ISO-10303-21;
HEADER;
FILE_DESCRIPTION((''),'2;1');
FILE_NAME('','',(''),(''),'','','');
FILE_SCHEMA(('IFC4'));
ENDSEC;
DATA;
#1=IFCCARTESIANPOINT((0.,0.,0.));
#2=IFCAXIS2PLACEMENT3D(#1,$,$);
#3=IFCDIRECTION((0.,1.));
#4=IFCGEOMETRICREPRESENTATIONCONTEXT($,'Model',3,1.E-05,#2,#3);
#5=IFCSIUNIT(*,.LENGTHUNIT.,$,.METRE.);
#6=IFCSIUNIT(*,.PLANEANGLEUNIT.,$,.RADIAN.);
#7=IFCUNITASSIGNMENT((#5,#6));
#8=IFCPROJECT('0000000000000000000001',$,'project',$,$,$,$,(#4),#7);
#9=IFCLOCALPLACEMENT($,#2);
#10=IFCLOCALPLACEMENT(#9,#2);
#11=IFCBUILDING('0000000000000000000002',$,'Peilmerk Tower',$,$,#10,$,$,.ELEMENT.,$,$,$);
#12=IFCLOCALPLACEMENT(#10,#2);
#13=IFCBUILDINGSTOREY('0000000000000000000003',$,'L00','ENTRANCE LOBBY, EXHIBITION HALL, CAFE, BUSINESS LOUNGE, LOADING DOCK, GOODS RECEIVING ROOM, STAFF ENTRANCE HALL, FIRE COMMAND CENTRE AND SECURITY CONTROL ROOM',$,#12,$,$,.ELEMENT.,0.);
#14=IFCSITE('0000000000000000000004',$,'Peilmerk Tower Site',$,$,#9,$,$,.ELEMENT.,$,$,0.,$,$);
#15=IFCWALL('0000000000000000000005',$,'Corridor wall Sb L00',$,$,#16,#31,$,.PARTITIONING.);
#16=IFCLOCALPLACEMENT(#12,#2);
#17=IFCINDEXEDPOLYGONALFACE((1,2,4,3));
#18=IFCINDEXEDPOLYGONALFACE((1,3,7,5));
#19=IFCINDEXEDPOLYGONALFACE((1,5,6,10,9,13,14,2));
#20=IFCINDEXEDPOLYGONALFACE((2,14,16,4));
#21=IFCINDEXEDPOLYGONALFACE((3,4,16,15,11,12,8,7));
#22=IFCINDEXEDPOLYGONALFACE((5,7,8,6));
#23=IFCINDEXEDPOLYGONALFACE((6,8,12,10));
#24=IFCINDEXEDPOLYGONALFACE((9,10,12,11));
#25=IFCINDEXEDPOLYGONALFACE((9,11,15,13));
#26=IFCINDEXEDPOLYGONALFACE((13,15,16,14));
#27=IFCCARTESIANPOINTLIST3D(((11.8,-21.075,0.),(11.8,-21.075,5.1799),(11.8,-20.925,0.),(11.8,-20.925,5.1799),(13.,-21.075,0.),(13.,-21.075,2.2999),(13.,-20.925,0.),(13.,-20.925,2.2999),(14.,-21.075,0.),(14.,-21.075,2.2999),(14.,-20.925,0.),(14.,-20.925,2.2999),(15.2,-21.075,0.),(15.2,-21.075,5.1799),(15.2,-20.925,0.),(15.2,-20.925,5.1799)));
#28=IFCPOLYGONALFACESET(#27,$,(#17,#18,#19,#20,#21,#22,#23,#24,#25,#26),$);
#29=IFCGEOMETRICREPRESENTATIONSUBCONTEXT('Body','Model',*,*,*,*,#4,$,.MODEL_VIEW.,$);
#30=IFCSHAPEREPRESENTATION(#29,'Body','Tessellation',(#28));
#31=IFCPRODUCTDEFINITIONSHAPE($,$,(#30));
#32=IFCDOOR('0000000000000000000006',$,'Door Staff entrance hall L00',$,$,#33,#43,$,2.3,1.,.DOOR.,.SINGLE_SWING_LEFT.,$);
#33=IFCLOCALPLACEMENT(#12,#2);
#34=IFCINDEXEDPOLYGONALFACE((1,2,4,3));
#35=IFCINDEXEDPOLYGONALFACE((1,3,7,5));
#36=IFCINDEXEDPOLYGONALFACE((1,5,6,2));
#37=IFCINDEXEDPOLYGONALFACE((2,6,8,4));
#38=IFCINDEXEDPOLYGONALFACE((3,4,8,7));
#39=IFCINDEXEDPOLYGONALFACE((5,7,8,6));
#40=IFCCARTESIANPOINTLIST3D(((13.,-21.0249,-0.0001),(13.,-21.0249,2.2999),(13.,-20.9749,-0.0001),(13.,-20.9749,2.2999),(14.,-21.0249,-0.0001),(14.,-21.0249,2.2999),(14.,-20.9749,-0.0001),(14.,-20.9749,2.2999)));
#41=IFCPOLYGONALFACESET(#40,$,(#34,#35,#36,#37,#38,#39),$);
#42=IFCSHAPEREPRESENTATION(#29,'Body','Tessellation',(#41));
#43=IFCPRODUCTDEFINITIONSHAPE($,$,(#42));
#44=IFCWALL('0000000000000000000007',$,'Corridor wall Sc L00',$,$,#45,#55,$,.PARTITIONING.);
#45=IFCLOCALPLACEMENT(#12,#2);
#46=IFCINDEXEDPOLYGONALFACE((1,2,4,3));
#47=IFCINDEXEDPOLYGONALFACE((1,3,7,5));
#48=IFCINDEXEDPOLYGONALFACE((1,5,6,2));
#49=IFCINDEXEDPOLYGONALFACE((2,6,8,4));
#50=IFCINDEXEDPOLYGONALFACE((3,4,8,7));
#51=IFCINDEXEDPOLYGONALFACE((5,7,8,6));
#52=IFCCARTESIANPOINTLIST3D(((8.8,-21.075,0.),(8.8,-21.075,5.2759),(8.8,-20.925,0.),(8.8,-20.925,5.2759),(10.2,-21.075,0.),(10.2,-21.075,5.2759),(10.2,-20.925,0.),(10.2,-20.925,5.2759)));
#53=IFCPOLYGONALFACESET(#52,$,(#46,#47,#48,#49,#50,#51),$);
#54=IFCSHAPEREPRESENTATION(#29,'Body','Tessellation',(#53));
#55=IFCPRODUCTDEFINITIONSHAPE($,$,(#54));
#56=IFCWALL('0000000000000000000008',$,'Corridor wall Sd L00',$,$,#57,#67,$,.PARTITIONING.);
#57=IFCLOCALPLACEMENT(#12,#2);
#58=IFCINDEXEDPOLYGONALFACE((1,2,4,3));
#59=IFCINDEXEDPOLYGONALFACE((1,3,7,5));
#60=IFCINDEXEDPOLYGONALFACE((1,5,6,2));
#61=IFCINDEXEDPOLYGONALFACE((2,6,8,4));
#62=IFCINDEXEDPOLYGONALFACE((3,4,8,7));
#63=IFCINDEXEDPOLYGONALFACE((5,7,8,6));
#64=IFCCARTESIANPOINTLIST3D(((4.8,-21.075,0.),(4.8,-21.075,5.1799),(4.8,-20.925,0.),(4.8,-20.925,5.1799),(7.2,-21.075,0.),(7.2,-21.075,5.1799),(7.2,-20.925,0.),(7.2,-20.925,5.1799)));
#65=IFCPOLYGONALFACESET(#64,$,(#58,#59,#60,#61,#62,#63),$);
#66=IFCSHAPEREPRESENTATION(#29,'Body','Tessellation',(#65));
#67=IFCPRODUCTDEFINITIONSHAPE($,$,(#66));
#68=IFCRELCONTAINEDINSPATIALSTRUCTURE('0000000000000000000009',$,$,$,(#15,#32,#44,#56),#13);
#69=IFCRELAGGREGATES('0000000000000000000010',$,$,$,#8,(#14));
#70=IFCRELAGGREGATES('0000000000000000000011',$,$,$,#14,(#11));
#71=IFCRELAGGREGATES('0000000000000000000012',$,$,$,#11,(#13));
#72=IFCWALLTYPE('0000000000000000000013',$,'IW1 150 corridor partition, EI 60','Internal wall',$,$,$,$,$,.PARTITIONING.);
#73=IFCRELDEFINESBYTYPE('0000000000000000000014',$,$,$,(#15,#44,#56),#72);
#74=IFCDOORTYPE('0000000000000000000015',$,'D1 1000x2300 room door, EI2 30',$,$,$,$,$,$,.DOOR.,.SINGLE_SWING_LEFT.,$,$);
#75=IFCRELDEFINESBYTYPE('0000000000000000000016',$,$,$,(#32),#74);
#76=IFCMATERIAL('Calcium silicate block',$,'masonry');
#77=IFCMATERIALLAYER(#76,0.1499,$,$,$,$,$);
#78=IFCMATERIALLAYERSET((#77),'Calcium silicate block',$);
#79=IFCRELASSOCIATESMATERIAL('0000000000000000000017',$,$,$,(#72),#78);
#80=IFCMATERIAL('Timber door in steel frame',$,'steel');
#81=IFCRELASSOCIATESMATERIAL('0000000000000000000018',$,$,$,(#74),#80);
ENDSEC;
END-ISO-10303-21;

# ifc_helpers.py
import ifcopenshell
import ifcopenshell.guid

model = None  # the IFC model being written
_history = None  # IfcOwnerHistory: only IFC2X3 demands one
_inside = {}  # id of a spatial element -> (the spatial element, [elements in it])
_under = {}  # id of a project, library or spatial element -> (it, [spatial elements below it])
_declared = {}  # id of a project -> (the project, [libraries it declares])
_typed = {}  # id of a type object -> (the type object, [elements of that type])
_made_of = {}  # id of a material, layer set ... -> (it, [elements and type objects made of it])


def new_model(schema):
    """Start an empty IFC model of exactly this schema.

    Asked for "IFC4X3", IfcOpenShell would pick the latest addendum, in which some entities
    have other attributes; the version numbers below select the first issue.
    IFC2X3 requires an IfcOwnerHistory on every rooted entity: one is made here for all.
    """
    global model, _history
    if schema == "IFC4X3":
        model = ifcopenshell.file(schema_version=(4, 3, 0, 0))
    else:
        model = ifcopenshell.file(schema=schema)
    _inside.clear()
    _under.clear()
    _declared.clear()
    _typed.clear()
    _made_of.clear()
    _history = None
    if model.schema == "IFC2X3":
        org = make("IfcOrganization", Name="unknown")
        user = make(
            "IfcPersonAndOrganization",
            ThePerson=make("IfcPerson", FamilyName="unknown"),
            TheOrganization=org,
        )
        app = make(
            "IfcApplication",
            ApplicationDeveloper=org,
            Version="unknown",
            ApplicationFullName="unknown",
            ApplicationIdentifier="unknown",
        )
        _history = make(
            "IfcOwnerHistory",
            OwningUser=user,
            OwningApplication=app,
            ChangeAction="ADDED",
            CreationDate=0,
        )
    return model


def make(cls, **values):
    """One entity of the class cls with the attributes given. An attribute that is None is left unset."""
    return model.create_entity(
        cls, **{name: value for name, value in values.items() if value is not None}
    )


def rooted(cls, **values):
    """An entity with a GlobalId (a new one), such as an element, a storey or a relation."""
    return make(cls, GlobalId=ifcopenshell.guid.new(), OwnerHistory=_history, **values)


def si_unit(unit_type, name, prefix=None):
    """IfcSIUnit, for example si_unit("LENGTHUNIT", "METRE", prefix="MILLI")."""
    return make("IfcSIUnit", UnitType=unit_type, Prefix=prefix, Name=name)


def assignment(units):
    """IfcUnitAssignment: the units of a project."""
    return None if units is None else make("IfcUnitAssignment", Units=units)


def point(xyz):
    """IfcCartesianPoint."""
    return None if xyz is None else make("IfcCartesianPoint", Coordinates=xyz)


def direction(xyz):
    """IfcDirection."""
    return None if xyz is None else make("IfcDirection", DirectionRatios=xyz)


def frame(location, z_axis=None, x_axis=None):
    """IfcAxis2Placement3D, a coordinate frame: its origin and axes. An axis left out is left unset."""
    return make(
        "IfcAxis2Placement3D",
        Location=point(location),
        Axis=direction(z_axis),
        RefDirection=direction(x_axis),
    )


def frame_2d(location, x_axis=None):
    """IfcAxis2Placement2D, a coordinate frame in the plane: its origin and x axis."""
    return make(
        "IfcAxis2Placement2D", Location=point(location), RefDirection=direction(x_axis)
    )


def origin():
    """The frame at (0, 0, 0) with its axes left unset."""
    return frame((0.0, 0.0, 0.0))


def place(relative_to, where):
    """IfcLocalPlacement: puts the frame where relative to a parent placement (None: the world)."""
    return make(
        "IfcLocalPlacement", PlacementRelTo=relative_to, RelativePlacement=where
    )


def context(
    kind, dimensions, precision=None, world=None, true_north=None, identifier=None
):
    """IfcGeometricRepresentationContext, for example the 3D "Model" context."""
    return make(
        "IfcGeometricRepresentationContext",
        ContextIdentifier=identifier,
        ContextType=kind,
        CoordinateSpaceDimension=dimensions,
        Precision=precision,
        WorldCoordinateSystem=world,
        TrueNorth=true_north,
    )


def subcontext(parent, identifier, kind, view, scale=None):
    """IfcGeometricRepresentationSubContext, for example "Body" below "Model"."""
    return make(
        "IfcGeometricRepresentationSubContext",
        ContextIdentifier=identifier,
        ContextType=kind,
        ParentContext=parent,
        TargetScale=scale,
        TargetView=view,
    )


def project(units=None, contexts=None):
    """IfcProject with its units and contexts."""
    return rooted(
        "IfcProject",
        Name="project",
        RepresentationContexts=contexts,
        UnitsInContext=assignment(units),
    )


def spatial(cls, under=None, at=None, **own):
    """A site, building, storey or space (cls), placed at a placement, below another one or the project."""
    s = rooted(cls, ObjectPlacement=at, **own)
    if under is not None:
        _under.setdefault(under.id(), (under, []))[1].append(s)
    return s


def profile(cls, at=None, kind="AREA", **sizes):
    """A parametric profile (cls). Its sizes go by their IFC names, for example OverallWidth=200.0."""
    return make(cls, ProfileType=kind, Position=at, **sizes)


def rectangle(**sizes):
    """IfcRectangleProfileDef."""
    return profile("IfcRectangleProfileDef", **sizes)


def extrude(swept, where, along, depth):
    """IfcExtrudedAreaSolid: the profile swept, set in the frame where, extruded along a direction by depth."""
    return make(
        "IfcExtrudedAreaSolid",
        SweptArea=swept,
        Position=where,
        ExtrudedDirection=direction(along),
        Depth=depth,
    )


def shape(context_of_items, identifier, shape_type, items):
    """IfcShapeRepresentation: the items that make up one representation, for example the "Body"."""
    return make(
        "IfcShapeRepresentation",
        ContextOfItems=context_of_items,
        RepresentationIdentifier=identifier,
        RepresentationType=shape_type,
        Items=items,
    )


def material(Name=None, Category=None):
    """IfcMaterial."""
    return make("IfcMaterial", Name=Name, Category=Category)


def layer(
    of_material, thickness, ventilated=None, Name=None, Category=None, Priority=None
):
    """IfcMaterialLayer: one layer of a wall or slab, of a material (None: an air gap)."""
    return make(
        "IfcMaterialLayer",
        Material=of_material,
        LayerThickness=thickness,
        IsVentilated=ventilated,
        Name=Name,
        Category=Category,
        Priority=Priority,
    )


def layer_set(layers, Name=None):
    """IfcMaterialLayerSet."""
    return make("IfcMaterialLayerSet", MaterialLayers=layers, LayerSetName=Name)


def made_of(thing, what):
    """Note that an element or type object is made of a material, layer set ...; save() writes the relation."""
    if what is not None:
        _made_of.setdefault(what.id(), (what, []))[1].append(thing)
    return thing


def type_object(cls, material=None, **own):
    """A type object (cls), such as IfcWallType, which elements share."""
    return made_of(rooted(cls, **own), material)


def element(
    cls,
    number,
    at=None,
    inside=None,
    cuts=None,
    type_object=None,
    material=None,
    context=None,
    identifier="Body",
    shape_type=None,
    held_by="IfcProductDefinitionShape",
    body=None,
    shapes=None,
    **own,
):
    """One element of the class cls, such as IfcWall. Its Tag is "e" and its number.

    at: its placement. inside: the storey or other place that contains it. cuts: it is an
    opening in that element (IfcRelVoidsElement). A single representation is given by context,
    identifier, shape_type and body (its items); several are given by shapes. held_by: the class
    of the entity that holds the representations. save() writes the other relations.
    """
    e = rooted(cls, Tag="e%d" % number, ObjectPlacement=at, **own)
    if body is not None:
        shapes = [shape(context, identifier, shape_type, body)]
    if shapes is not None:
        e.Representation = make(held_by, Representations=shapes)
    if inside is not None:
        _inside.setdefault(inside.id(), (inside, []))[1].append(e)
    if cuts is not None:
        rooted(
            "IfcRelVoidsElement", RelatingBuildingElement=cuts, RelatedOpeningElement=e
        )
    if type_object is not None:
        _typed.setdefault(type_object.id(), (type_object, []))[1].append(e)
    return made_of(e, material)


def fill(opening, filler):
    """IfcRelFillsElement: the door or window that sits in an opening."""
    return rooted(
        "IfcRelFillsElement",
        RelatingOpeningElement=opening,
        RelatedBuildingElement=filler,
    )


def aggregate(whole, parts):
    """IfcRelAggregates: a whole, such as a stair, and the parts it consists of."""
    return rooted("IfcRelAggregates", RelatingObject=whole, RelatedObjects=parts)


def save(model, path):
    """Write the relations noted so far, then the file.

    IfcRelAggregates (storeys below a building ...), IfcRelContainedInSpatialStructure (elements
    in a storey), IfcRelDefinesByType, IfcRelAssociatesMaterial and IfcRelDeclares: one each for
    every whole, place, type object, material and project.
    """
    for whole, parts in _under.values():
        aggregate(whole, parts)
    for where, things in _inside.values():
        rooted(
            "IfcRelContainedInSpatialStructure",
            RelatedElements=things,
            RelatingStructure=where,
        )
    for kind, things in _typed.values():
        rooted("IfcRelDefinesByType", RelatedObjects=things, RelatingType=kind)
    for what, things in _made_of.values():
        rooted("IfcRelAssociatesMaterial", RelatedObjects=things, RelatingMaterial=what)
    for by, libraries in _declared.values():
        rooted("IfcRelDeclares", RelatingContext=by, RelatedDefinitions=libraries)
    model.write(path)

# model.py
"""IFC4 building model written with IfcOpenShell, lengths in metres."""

from ifc_helpers import new_model, si_unit, direction, frame, frame_2d, origin, place, context, subcontext, project, spatial, rectangle, extrude, material, layer, layer_set, type_object, element, fill, save


model = new_model("IFC4")

# Units and contexts
model_context = context("Model", 3, precision=1e-05, world=origin(), true_north=direction((0.0, 1.0)))
body_context = subcontext(model_context, "Body", "Model", "MODEL_VIEW")
ifc_project = project(units=[si_unit("LENGTHUNIT", "METRE"), si_unit("PLANEANGLEUNIT", "RADIAN")], contexts=[model_context])

# Site, building, storey
site_placement = place(None, origin())
site = spatial("IfcSite", under=ifc_project, at=site_placement, Name="Peilmerk Tower Site", CompositionType="ELEMENT", RefElevation=0.0)
building_placement = place(site_placement, origin())
building = spatial("IfcBuilding", under=site, at=building_placement, Name="Peilmerk Tower", CompositionType="ELEMENT")
storey_placement = place(building_placement, origin())
storey = spatial("IfcBuildingStorey", under=building, at=storey_placement, Name="L00", Description="ENTRANCE LOBBY, EXHIBITION HALL, CAFE, BUSINESS LOUNGE, LOADING DOCK, GOODS RECEIVING ROOM, STAFF ENTRANCE HALL, FIRE COMMAND CENTRE AND SECURITY CONTROL ROOM", CompositionType="ELEMENT", Elevation=0.0)

# Shared definitions
ifc_material_1 = material(Name="Calcium silicate block", Category="masonry")
ifc_layer = layer(ifc_material_1, 0.1499)
ifc_layer_set = layer_set([ifc_layer], Name="Calcium silicate block")
wall_type = type_object("IfcWallType", Name="IW1 150 corridor partition, EI 60", Description="Internal wall", PredefinedType="PARTITIONING", material=ifc_layer_set)

# Wall, opening, door
wall_1_placement = place(storey_placement, frame((15.2, -21.0, 0.0), z_axis=(0.0, 0.0, 1.0), x_axis=(-1.0, 0.0, 0.0)))
wall_1 = element("IfcWall", 1, at=wall_1_placement, inside=storey, type_object=wall_type, Name="Corridor wall Sb L00", PredefinedType="PARTITIONING", context=body_context, shape_type="SweptSolid", body=[
    extrude(rectangle(XDim=3.3999, YDim=0.1499, at=frame_2d((1.7, 0.0))), origin(), (0.0, 0.0, 1.0), 5.1799),
])
opening_placement = place(wall_1_placement, frame((1.2, 0.0, 0.0)))
opening = element("IfcOpeningElement", 2, at=opening_placement, cuts=wall_1, PredefinedType="OPENING", context=body_context, shape_type="SweptSolid", body=[
    extrude(rectangle(XDim=1.0, YDim=2.3, at=frame_2d((0.5, 1.1499))), frame((0.0, 0.085, 0.0), z_axis=(0.0, -1.0, 0.0), x_axis=(1.0, 0.0, 0.0)), (0.0, 0.0, 1.0), 0.1699),
])
ifc_material_2 = material(Name="Timber door in steel frame", Category="steel")
door_type = type_object("IfcDoorType", Name="D1 1000x2300 room door, EI2 30", OperationType="SINGLE_SWING_LEFT", PredefinedType="DOOR", material=ifc_material_2)
door_placement = place(opening_placement, origin())
door = element("IfcDoor", 3, at=door_placement, inside=storey, type_object=door_type, Name="Door Staff entrance hall L00", OperationType="SINGLE_SWING_LEFT", OverallHeight=2.3, OverallWidth=1.0, PredefinedType="DOOR", context=body_context, shape_type="SweptSolid", body=[
    extrude(rectangle(XDim=1.0, YDim=2.3, at=frame_2d((0.5, 1.1499))), frame((0.0, 0.0249, 0.0), z_axis=(0.0, -1.0, 0.0), x_axis=(1.0, 0.0, 0.0)), (0.0, 0.0, 1.0), 0.05),
])
fill(opening, door)

# Walls
wall_2_placement = place(storey_placement, frame((10.2, -21.0, 0.0), z_axis=(0.0, 0.0, 1.0), x_axis=(-1.0, 0.0, 0.0)))
element("IfcWall", 4, at=wall_2_placement, inside=storey, type_object=wall_type, Name="Corridor wall Sc L00", PredefinedType="PARTITIONING", context=body_context, shape_type="SweptSolid", body=[
    extrude(rectangle(XDim=1.3999, YDim=0.1499, at=frame_2d((0.7, 0.0))), origin(), (0.0, 0.0, 1.0), 5.2759),
])
wall_3_placement = place(storey_placement, frame((7.2, -21.0, 0.0), z_axis=(0.0, 0.0, 1.0), x_axis=(-1.0, 0.0, 0.0)))
element("IfcWall", 5, at=wall_3_placement, inside=storey, type_object=wall_type, Name="Corridor wall Sd L00", PredefinedType="PARTITIONING", context=body_context, shape_type="SweptSolid", body=[
    extrude(rectangle(XDim=2.3999, YDim=0.1499, at=frame_2d((1.2, 0.0))), origin(), (0.0, 0.0, 1.0), 5.1799),
])

save(model, "model.ifc")
